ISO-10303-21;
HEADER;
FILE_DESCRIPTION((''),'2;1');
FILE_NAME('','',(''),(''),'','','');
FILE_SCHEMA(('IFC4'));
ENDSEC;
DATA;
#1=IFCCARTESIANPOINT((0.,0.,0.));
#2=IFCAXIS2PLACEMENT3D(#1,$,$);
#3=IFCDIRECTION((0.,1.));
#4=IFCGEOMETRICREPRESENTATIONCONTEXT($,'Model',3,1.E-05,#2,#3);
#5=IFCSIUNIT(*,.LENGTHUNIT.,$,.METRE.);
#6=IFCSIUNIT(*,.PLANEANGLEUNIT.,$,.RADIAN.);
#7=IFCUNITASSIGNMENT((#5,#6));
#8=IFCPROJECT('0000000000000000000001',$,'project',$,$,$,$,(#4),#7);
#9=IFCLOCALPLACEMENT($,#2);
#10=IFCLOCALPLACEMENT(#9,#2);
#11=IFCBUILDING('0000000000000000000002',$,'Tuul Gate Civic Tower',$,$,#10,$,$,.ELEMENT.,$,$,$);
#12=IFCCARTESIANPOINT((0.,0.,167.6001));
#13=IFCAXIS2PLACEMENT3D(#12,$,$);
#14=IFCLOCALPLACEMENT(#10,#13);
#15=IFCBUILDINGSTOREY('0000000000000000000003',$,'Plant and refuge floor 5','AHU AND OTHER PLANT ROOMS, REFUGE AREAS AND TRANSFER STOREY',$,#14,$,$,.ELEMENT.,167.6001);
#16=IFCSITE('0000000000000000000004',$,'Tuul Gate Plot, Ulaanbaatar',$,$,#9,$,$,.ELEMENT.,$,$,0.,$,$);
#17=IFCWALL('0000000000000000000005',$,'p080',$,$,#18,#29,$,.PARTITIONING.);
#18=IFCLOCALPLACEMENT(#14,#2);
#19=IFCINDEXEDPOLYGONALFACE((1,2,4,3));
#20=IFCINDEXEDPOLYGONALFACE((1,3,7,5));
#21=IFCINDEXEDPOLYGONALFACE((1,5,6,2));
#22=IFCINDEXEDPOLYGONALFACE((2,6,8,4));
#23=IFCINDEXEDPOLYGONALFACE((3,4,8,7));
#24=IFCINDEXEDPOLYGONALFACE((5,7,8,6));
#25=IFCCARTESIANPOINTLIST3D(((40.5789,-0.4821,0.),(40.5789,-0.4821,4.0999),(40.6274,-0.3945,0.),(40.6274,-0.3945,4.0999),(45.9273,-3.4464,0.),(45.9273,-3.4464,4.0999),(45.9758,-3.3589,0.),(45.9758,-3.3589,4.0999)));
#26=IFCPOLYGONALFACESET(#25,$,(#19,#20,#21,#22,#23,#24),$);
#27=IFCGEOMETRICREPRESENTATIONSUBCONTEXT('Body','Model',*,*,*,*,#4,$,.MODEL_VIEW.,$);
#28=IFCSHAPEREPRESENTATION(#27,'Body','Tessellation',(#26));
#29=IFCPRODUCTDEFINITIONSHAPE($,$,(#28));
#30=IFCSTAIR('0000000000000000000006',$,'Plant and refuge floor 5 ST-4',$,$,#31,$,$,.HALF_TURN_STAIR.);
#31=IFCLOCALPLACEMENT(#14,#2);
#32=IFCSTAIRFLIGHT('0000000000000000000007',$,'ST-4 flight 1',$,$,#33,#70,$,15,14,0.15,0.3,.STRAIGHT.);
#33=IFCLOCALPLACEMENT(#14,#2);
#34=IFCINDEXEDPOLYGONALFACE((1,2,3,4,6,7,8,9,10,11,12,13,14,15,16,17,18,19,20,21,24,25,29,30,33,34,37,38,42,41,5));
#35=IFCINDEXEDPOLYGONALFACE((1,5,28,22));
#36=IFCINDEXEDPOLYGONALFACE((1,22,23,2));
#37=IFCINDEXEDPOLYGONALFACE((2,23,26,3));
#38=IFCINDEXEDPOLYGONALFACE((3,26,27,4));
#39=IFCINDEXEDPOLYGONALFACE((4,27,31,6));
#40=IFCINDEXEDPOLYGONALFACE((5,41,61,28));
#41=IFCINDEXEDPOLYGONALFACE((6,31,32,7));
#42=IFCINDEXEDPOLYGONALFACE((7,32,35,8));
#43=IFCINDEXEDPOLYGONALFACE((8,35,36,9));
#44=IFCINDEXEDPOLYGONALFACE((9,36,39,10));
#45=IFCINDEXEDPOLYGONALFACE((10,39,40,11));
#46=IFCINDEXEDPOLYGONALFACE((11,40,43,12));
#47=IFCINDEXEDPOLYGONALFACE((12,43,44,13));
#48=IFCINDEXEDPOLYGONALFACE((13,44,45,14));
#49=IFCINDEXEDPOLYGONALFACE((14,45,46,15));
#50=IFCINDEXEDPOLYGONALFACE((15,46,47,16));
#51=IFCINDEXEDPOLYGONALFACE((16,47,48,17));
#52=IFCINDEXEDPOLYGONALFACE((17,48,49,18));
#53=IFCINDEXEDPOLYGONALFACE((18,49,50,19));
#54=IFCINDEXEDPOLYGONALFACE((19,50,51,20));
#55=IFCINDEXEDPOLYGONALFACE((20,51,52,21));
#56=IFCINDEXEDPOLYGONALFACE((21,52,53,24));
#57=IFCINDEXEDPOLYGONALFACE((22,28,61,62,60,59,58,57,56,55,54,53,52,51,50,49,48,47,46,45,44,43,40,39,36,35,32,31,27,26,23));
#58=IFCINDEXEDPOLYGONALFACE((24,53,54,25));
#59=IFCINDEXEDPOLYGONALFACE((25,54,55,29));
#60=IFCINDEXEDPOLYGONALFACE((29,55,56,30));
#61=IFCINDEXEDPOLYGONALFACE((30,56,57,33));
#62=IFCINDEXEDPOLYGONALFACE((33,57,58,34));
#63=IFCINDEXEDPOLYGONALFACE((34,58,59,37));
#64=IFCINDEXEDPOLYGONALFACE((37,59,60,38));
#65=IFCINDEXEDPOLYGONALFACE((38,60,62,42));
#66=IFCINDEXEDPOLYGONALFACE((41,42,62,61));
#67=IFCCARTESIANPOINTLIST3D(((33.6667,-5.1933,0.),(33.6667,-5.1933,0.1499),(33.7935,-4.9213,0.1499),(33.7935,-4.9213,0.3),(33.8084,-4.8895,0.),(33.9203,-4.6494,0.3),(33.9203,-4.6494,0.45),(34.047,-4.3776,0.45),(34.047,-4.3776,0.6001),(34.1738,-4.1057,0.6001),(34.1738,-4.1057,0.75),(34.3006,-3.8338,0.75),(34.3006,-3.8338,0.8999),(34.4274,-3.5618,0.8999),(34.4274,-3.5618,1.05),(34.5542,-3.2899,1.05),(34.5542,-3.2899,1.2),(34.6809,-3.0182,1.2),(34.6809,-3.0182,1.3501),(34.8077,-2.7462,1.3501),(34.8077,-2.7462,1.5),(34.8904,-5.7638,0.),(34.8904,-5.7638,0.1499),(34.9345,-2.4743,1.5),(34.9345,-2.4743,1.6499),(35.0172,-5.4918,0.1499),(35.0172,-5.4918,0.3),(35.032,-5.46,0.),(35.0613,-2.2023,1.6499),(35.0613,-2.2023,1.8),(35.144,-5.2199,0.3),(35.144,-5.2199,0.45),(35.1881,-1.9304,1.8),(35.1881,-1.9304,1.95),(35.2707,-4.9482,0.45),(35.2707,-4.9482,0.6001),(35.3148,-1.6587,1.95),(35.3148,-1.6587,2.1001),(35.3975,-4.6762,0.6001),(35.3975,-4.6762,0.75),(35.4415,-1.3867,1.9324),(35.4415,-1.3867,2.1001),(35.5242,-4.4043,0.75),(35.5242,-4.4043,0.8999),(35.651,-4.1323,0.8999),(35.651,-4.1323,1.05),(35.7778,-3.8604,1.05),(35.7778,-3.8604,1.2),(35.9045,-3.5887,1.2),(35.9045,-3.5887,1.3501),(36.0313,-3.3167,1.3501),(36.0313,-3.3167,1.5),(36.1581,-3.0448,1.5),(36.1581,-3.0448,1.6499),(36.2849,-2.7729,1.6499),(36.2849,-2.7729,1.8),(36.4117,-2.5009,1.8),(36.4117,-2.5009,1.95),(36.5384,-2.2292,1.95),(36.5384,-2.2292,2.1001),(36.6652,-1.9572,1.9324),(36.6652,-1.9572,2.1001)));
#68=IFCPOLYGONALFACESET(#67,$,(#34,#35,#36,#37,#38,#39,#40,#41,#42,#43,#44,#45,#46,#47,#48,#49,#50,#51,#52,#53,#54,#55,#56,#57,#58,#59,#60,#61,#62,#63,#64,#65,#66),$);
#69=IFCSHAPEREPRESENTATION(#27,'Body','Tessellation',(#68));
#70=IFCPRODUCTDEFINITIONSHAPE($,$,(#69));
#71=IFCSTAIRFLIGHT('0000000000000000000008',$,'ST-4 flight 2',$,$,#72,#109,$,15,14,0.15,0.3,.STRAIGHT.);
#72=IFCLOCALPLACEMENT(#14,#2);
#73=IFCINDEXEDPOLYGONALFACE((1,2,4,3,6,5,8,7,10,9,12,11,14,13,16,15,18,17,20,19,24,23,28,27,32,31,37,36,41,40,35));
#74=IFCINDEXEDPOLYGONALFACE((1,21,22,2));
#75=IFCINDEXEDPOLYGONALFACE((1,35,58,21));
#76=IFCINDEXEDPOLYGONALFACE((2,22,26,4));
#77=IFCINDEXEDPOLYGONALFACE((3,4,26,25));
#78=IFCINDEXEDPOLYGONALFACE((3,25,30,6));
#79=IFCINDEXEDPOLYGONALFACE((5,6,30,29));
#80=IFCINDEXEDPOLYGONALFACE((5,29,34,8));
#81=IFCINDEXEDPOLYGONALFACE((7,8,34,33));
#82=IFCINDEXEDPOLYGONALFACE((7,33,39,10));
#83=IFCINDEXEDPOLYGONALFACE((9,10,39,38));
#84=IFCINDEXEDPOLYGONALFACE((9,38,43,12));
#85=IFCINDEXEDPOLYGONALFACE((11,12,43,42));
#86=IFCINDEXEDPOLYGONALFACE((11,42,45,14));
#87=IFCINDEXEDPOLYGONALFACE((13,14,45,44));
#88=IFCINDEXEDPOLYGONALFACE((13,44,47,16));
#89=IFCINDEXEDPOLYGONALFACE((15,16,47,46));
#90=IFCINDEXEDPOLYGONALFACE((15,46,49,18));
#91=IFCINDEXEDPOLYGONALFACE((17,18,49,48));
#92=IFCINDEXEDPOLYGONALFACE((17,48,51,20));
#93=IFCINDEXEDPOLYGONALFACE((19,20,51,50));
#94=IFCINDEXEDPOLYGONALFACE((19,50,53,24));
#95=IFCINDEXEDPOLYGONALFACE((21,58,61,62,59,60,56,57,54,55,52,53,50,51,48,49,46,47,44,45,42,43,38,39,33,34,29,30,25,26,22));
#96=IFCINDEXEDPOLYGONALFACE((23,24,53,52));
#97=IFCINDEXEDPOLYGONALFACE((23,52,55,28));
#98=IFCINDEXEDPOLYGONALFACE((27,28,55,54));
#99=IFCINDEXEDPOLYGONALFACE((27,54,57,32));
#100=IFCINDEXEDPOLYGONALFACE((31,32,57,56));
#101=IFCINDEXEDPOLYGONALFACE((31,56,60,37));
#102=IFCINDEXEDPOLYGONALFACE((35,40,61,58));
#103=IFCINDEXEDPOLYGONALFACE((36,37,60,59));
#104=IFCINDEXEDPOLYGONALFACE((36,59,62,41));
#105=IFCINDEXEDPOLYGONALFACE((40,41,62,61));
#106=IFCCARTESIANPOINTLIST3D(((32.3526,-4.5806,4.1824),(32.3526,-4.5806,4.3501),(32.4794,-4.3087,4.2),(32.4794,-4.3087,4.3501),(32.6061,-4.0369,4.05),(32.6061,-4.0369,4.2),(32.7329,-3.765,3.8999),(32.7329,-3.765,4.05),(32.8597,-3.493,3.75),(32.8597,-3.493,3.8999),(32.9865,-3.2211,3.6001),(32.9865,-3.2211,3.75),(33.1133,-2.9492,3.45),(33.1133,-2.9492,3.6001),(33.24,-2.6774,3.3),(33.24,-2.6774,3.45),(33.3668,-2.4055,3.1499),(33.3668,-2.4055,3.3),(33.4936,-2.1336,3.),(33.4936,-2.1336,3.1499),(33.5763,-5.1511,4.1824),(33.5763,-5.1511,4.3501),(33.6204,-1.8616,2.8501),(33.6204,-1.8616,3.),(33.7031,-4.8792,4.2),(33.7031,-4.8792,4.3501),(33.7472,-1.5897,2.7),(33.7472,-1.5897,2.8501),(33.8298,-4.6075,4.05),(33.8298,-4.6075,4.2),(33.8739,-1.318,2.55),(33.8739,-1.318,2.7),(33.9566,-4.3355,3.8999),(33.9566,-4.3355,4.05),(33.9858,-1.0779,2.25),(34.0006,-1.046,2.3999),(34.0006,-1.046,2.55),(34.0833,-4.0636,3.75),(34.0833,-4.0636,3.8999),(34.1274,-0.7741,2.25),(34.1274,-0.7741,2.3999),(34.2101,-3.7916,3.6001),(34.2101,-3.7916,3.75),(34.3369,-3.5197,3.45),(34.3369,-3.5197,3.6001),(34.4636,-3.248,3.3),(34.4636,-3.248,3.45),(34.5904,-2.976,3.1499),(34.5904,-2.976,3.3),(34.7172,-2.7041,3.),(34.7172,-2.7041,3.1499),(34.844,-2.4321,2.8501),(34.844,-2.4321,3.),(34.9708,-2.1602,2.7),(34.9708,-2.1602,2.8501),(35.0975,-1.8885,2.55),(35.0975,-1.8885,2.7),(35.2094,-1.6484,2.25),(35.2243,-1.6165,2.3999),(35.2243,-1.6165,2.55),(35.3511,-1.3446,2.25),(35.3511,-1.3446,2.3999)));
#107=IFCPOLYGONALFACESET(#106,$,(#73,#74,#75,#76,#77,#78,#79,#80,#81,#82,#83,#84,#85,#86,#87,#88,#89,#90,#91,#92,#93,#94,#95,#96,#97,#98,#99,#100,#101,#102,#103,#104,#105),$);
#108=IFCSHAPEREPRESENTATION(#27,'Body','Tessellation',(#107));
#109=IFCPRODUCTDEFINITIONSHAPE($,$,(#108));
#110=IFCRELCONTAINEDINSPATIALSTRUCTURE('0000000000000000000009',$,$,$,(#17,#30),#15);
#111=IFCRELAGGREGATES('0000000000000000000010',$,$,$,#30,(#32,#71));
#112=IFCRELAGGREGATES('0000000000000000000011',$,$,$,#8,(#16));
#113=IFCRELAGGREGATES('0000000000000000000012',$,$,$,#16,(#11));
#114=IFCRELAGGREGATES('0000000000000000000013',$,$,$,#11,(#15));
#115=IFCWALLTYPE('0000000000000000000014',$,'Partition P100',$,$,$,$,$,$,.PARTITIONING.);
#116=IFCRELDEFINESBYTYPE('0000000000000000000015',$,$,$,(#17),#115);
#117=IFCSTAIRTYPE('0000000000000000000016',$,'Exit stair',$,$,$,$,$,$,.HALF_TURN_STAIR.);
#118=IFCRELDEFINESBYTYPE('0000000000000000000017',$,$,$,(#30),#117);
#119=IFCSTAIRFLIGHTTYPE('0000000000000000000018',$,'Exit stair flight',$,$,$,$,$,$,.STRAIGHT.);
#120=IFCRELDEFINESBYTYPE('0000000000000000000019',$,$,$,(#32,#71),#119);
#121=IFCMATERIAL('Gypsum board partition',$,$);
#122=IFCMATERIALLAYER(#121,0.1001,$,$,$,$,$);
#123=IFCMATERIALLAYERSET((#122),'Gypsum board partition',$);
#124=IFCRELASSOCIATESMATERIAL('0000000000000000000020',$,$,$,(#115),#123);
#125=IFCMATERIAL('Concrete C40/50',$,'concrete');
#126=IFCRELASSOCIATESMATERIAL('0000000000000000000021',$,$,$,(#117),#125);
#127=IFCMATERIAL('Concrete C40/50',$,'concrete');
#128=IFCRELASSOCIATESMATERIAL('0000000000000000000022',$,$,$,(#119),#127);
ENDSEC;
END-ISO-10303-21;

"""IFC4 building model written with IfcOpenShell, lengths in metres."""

from ifc_helpers import new_model, si_unit, direction, frame, frame_2d, origin, place, context, subcontext, project, spatial, polyline, rectangle, outline, extrude, material, layer, layer_set, type_object, element, aggregate, save


model = new_model("IFC4")

# Units and contexts
model_context = context("Model", 3, precision=1e-05, world=origin(), true_north=direction((0.0, 1.0)))
body_context = subcontext(model_context, "Body", "Model", "MODEL_VIEW")
ifc_project = project(units=[si_unit("LENGTHUNIT", "METRE"), si_unit("PLANEANGLEUNIT", "RADIAN")], contexts=[model_context])

# Site, building, storey
site_placement = place(None, origin())
site = spatial("IfcSite", under=ifc_project, at=site_placement, Name="Tuul Gate Plot, Ulaanbaatar", CompositionType="ELEMENT", RefElevation=0.0)
building_placement = place(site_placement, origin())
building = spatial("IfcBuilding", under=site, at=building_placement, Name="Tuul Gate Civic Tower", CompositionType="ELEMENT")
storey_placement = place(building_placement, frame((0.0, 0.0, 167.6001)))
storey = spatial("IfcBuildingStorey", under=building, at=storey_placement, Name="Plant and refuge floor 5", Description="AHU AND OTHER PLANT ROOMS, REFUGE AREAS AND TRANSFER STOREY", CompositionType="ELEMENT", Elevation=167.6001)

# Wall
ifc_material_1 = material(Name="Gypsum board partition")
ifc_layer_1 = layer(ifc_material_1, 0.1001)
ifc_layer_set_1 = layer_set([ifc_layer_1], Name="Gypsum board partition")
wall_type_1 = type_object("IfcWallType", Name="Partition P100", PredefinedType="PARTITIONING", material=ifc_layer_set_1)
wall_1_placement = place(storey_placement, frame((40.603, -0.4382, 0.0), z_axis=(0.0, 0.0, 1.0), x_axis=(0.874641, -0.484771, 0.0)))
element("IfcWall", 1, at=wall_1_placement, inside=storey, type_object=wall_type_1, Name="p080", PredefinedType="PARTITIONING", context=body_context, shape_type="SweptSolid", body=[
    extrude(rectangle(XDim=6.115, YDim=0.1001, at=frame_2d((3.0576, 0.0))), origin(), (0.0, 0.0, 1.0), 4.0999),
])

# Stair, stair flights
ifc_material_2 = material(Name="Concrete C40/50", Category="concrete")
stair_type = type_object("IfcStairType", Name="Exit stair", PredefinedType="HALF_TURN_STAIR", material=ifc_material_2)
stair_placement = place(storey_placement, origin())
stair = element("IfcStair", 2, at=stair_placement, inside=storey, type_object=stair_type, Name="Plant and refuge floor 5 ST-4", PredefinedType="HALF_TURN_STAIR")
ifc_material_3 = material(Name="Concrete C40/50", Category="concrete")
stair_flight_type = type_object("IfcStairFlightType", Name="Exit stair flight", PredefinedType="STRAIGHT", material=ifc_material_3)
stair_flight_1_placement = place(storey_placement, frame((34.2786, -5.4785, 0.0), z_axis=(0.0, 0.0, 1.0), x_axis=(0.422576, 0.906327, 0.0)))
stair_flight_1 = element("IfcStairFlight", 3, at=stair_flight_1_placement, type_object=stair_flight_type, Name="ST-4 flight 1", NumberOfRisers=15, NumberOfTreads=14, PredefinedType="STRAIGHT", RiserHeight=0.15, TreadLength=0.3, context=body_context, shape_type="SweptSolid", body=[
    extrude(outline(polyline([(0.0, 0.0), (0.0, 0.1499), (0.3, 0.1499), (0.3, 0.3), (0.6001, 0.3), (0.6001, 0.45), (0.8999, 0.45), (0.8999, 0.6001), (1.2, 0.6001), (1.2, 0.75), (1.5, 0.75), (1.5, 0.8999), (1.8, 0.8999), (1.8, 1.05), (2.1001, 1.05), (2.1001, 1.2), (2.3999, 1.2), (2.3999, 1.3501), (2.7, 1.3501), (2.7, 1.5), (3.0, 1.5), (3.0, 1.6499), (3.3, 1.6499), (3.3, 1.8), (3.6001, 1.8), (3.6001, 1.95), (3.8999, 1.95), (3.8999, 2.1001), (4.2, 2.1001), (4.2, 2.25), (4.2, 1.9324), (0.3352, 0.0), (0.0, 0.0)])), frame((0.0, 0.675, 0.0), z_axis=(0.0, -1.0, 0.0), x_axis=(1.0, 0.0, 0.0)), (0.0, 0.0, 1.0), 1.3501),
])
stair_flight_2_placement = place(storey_placement, frame((34.7393, -1.0593, 2.25), z_axis=(0.0, 0.0, 1.0), x_axis=(-0.422576, -0.906327, 0.0)))
stair_flight_2 = element("IfcStairFlight", 4, at=stair_flight_2_placement, type_object=stair_flight_type, Name="ST-4 flight 2", NumberOfRisers=15, NumberOfTreads=14, PredefinedType="STRAIGHT", RiserHeight=0.15, TreadLength=0.3, context=body_context, shape_type="SweptSolid", body=[
    extrude(outline(polyline([(0.0, 0.0), (0.0, 0.1499), (0.3, 0.1499), (0.3, 0.3), (0.6001, 0.3), (0.6001, 0.45), (0.8999, 0.45), (0.8999, 0.6001), (1.2, 0.6001), (1.2, 0.75), (1.5, 0.75), (1.5, 0.8999), (1.8, 0.8999), (1.8, 1.05), (2.1001, 1.05), (2.1001, 1.2), (2.3999, 1.2), (2.3999, 1.3501), (2.7, 1.3501), (2.7, 1.5), (3.0, 1.5), (3.0, 1.6499), (3.3, 1.6499), (3.3, 1.8), (3.6001, 1.8), (3.6001, 1.95), (3.8999, 1.95), (3.8999, 2.1001), (4.2, 2.1001), (4.2, 2.25), (4.2, 1.9324), (0.3352, 0.0), (0.0, 0.0)])), frame((0.0, 0.675, 0.0), z_axis=(0.0, -1.0, 0.0), x_axis=(1.0, 0.0, 0.0)), (0.0, 0.0, 1.0), 1.3501),
])
aggregate(stair, [stair_flight_1, stair_flight_2])

save(model, "model.ifc")
